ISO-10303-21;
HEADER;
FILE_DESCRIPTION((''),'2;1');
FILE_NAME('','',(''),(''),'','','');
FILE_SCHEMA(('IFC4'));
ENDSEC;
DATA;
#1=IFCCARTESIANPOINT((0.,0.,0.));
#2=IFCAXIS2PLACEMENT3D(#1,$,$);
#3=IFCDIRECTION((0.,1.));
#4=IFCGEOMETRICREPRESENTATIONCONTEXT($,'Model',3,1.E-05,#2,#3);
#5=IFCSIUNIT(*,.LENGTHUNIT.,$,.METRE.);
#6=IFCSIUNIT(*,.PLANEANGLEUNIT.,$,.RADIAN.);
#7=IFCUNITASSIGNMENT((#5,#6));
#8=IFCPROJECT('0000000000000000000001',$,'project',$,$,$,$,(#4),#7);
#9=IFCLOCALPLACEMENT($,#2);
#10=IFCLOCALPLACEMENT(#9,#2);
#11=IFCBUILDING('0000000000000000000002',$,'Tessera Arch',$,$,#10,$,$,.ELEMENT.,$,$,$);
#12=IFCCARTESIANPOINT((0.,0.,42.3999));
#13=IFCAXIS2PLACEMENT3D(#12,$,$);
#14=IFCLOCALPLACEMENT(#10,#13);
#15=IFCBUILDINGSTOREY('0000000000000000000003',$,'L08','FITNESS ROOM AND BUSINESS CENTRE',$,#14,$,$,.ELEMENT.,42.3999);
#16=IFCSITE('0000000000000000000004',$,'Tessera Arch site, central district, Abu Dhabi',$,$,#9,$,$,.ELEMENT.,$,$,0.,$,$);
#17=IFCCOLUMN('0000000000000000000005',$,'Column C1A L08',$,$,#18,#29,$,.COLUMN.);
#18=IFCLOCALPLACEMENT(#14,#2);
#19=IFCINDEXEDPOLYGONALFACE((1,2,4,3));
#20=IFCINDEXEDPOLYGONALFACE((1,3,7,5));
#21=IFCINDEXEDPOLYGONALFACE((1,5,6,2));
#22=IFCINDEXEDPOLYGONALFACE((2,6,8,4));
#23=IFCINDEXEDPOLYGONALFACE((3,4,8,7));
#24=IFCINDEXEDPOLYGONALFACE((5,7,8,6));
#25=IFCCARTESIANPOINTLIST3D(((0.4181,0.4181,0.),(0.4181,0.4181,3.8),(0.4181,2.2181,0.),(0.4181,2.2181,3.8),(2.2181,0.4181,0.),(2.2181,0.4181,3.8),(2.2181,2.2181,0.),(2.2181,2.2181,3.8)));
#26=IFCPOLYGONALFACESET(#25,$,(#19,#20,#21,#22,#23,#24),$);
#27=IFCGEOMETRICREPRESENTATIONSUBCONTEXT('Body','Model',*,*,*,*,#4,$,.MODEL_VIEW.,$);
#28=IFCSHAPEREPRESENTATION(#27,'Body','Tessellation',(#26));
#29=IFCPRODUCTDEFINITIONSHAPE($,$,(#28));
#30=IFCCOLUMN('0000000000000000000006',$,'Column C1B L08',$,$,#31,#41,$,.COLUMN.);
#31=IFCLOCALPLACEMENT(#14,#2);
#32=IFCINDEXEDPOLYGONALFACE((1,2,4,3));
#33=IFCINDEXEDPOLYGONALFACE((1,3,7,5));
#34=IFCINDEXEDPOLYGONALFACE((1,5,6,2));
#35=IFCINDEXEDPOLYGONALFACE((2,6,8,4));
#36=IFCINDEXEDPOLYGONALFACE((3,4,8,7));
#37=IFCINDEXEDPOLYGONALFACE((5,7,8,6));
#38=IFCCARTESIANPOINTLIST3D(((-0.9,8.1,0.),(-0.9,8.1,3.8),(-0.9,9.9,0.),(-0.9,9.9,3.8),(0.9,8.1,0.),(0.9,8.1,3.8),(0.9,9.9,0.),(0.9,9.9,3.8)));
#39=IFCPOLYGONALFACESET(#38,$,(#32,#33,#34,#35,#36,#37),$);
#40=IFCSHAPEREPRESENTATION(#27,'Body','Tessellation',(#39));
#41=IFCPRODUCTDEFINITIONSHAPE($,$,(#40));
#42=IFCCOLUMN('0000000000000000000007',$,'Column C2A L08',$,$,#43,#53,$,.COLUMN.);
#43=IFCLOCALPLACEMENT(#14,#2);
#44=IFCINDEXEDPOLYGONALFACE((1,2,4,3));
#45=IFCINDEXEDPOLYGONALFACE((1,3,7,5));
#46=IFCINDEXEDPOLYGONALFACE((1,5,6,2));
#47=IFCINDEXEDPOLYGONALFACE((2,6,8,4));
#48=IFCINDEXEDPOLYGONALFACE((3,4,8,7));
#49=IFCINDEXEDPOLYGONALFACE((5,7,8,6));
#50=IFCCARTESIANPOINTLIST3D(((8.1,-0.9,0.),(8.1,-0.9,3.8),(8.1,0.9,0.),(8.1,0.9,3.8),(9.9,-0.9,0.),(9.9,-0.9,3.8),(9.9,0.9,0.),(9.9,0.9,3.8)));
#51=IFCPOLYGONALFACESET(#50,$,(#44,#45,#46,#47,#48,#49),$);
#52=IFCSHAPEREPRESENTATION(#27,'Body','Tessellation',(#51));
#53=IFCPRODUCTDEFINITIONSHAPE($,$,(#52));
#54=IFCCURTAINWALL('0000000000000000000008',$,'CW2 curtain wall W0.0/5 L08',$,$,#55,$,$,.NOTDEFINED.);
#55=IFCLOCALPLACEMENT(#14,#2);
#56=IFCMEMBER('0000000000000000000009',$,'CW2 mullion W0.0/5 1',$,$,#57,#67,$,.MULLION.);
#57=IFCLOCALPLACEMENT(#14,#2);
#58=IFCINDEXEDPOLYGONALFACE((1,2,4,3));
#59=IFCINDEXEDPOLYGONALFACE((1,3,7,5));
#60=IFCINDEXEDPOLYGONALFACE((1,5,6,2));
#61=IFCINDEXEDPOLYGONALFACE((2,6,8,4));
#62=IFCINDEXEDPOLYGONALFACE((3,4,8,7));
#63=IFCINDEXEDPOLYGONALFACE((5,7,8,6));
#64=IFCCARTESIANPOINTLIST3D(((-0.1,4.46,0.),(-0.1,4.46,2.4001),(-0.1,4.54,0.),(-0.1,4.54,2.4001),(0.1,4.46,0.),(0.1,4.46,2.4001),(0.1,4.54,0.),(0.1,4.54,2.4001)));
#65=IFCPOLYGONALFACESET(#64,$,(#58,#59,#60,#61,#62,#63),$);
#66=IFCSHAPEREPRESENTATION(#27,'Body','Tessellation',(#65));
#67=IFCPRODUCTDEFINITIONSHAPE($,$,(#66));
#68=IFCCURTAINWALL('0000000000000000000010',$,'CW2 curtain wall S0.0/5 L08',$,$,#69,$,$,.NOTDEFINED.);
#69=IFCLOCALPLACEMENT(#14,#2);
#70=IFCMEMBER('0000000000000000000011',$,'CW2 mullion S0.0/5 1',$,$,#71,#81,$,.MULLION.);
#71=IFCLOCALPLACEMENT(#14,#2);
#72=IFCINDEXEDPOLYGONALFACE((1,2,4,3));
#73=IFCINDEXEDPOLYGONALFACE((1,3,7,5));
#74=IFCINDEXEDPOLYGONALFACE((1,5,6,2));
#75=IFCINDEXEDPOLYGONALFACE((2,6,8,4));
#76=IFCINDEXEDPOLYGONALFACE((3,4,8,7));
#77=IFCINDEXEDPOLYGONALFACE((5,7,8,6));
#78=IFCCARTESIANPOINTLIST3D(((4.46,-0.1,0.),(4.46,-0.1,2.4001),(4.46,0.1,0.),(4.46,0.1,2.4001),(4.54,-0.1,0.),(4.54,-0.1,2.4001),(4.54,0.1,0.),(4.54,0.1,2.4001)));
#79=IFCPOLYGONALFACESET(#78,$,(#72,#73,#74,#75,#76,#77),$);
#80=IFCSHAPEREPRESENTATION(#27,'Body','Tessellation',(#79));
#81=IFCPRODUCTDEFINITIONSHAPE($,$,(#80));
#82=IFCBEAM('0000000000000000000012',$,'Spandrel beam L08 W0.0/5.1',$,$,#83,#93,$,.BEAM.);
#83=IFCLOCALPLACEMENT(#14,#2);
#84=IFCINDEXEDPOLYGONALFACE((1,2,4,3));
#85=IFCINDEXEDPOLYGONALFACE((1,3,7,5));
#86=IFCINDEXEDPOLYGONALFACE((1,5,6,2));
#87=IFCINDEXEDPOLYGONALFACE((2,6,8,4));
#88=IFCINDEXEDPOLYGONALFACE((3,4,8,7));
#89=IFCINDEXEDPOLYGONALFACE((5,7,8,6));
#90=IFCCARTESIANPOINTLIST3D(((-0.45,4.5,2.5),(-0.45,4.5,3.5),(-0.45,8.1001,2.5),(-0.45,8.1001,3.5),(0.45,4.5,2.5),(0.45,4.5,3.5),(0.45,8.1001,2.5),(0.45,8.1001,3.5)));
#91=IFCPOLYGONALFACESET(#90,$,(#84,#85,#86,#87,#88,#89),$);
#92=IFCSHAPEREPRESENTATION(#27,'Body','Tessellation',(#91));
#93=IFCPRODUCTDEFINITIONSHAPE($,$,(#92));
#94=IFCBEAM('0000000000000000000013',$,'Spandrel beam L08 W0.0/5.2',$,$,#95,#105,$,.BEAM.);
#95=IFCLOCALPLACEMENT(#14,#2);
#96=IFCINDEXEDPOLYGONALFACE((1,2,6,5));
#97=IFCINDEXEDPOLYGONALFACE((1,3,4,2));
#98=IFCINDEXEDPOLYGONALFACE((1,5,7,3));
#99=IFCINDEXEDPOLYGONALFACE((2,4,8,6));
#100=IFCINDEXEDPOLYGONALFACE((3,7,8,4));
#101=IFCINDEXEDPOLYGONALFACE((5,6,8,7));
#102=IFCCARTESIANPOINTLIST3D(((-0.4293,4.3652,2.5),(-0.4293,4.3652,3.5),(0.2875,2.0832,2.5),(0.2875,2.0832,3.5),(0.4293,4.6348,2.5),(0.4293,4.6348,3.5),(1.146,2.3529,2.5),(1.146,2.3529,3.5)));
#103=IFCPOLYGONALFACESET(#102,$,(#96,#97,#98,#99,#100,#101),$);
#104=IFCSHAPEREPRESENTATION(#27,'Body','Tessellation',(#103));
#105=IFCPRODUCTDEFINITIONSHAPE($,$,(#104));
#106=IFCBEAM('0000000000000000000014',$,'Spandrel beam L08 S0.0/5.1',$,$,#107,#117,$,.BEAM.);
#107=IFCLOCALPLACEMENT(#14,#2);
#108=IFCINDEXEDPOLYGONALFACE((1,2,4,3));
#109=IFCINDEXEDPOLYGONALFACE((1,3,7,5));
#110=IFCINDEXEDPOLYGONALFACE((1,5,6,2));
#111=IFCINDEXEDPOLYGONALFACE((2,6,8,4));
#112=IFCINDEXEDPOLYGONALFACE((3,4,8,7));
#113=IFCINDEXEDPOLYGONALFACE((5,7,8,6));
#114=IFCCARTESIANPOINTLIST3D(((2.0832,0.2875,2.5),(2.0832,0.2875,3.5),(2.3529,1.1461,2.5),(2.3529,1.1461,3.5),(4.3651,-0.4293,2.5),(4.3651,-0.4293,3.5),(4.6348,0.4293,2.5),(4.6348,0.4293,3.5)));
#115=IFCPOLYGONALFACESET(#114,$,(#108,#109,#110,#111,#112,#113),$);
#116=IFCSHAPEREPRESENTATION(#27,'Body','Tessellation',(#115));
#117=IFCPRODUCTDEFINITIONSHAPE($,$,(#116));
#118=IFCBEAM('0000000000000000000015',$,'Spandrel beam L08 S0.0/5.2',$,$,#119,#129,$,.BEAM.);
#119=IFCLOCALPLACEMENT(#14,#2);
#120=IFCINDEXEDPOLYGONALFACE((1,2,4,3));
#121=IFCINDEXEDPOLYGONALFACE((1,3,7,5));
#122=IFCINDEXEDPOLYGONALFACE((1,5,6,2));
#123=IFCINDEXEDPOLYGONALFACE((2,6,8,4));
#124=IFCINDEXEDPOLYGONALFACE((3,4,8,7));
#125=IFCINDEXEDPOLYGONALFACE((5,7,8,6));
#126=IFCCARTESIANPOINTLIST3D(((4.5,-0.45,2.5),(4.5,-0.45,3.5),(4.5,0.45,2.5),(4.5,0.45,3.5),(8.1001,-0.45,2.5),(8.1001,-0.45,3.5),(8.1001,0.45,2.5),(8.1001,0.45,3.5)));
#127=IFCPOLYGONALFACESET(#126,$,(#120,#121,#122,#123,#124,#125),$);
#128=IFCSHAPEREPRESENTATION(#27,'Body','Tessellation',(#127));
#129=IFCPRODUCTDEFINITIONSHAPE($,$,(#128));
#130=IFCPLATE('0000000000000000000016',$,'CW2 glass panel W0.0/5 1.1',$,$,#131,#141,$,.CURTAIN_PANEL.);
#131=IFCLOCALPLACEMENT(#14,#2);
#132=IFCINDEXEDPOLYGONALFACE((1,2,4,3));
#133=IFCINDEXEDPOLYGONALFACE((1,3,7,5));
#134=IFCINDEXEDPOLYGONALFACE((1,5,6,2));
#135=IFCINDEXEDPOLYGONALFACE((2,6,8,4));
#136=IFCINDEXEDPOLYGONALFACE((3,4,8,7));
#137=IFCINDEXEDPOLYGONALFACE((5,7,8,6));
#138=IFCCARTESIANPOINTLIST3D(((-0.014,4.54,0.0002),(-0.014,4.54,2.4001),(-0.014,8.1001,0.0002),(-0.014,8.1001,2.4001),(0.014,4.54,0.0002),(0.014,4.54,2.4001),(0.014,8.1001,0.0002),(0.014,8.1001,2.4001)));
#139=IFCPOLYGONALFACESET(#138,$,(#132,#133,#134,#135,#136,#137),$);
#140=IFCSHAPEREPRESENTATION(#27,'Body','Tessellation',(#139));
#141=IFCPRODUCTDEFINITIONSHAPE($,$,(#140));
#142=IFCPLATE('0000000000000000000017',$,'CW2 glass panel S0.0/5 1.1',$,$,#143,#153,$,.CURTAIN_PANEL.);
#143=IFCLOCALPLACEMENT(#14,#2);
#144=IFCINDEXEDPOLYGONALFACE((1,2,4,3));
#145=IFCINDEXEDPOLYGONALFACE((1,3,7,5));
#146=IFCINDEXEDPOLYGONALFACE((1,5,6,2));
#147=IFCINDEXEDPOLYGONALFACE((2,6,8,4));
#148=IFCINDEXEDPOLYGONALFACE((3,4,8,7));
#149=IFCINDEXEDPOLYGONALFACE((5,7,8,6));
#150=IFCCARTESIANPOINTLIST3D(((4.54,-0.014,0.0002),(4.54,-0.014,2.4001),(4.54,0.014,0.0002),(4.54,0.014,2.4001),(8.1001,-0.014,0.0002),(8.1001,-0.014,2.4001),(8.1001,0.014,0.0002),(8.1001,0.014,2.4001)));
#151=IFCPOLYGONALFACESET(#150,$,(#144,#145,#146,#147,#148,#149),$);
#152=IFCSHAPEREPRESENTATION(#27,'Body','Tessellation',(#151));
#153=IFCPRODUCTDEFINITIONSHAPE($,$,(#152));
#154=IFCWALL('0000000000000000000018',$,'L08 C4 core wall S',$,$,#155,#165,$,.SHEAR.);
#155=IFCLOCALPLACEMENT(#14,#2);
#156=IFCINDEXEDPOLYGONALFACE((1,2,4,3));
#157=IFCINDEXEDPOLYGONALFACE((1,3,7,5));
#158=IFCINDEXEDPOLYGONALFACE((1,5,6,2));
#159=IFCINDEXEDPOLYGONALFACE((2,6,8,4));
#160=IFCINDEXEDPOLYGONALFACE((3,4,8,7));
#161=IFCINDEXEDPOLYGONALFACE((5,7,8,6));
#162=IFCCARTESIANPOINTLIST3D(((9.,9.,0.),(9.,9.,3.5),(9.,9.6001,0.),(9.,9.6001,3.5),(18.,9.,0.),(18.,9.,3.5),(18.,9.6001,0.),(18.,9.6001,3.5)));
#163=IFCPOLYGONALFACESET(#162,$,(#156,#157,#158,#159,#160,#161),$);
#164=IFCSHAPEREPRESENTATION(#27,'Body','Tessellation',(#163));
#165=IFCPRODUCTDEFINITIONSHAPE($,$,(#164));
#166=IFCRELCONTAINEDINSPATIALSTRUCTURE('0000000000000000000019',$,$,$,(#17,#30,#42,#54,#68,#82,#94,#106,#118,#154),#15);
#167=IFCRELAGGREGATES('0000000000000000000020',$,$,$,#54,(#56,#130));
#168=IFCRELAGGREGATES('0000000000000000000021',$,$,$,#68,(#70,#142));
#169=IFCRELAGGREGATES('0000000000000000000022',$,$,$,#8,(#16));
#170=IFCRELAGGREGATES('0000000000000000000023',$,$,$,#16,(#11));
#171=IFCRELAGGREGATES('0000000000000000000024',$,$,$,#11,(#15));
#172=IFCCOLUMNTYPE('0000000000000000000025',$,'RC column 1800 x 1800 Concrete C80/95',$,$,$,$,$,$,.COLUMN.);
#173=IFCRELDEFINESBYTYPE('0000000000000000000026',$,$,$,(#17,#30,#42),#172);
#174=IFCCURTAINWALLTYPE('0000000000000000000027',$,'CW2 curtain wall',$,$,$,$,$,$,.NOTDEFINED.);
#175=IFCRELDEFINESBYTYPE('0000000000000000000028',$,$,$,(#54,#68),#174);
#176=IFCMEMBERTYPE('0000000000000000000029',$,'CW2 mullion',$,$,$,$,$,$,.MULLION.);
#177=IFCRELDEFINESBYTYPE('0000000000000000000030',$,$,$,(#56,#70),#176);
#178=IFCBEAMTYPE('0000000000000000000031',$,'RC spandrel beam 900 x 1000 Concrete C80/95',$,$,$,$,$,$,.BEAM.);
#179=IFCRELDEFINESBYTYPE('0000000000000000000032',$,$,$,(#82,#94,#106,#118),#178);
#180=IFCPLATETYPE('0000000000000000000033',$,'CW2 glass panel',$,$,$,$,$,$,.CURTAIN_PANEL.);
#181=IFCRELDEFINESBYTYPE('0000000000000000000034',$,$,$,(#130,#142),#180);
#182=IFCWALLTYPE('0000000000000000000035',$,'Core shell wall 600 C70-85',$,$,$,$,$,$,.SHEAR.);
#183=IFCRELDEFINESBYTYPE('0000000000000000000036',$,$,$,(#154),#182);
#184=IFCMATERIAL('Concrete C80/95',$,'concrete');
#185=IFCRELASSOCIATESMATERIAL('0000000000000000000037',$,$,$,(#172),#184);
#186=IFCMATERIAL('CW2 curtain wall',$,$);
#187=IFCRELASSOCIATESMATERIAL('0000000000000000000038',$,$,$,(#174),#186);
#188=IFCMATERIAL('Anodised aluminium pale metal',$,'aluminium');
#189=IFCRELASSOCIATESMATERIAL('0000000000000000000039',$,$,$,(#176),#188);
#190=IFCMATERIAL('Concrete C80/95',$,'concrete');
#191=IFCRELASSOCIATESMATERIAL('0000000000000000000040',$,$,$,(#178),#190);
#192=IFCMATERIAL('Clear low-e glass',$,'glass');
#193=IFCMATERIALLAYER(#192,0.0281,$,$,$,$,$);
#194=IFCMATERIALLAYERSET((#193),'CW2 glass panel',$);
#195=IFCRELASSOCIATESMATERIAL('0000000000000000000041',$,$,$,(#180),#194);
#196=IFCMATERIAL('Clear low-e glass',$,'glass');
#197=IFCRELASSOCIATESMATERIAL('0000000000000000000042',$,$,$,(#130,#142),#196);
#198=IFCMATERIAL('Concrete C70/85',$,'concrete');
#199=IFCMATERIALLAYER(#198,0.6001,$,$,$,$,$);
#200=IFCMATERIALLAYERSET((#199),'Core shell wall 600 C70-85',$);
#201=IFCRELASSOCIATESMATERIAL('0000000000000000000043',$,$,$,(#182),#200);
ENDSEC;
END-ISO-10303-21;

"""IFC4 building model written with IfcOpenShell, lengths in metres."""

from ifc_helpers import new_model, si_unit, direction, frame, frame_2d, origin, origin_2d, place, context, subcontext, project, spatial, rectangle, extrude, material, layer, layer_set, material_profile, profile_set, type_object, element, aggregate, save


model = new_model("IFC4")

# Units and contexts
model_context = context("Model", 3, precision=1e-05, world=origin(), true_north=direction((0.0, 1.0)))
body_context = subcontext(model_context, "Body", "Model", "MODEL_VIEW")
ifc_project = project(units=[si_unit("LENGTHUNIT", "METRE"), si_unit("PLANEANGLEUNIT", "RADIAN")], contexts=[model_context])

# Site, building, storey
site_placement = place(None, origin())
site = spatial("IfcSite", under=ifc_project, at=site_placement, Name="Tessera Arch site, central district, Abu Dhabi", CompositionType="ELEMENT", RefElevation=0.0)
building_placement = place(site_placement, origin())
building = spatial("IfcBuilding", under=site, at=building_placement, Name="Tessera Arch", CompositionType="ELEMENT")
storey_placement = place(building_placement, frame((0.0, 0.0, 42.3999)))
storey = spatial("IfcBuildingStorey", under=building, at=storey_placement, Name="L08", Description="FITNESS ROOM AND BUSINESS CENTRE", CompositionType="ELEMENT", Elevation=42.3999)

# Columns
ifc_material_1 = material(Name="Concrete C80/95", Category="concrete")
ifc_material_profile_1 = material_profile(ifc_material_1, rectangle(XDim=1.8, YDim=1.8, at=origin_2d()), Name="RC column 1800 x 1800 Concrete C80/95")
ifc_profile_set_1 = profile_set([ifc_material_profile_1], Name="Concrete C80/95")
column_type = type_object("IfcColumnType", Name="RC column 1800 x 1800 Concrete C80/95", PredefinedType="COLUMN", material=ifc_profile_set_1)
for number, where, z_axis, x_axis, name in (
    (1, (1.3181, 1.3181, 0.0), (0.0, 0.0, 1.0), (1.0, 0.0, 0.0), "Column C1A L08"),
    (2, (0.0, 9.0, 0.0), (0.0, 0.0, 1.0), (1.0, 0.0, 0.0), "Column C1B L08"),
    (3, (9.0, 0.0, 0.0), (0.0, 0.0, 1.0), (1.0, 0.0, 0.0), "Column C2A L08"),
):
    element("IfcColumn", number, at=place(storey_placement, frame(where, z_axis=z_axis, x_axis=x_axis)), inside=storey, type_object=column_type, Name=name, PredefinedType="COLUMN", context=body_context, shape_type="SweptSolid", body=[
        extrude(rectangle(XDim=1.8, YDim=1.8, at=origin_2d()), origin(), (0.0, 0.0, 1.0), 3.8),
    ])

# Curtain walls, members
ifc_material_2 = material(Name="CW2 curtain wall")
curtain_wall_type = type_object("IfcCurtainWallType", Name="CW2 curtain wall", PredefinedType="NOTDEFINED", material=ifc_material_2)
curtain_wall_1_placement = place(storey_placement, origin())
curtain_wall_1 = element("IfcCurtainWall", 4, at=curtain_wall_1_placement, inside=storey, type_object=curtain_wall_type, Name="CW2 curtain wall W0.0/5 L08", PredefinedType="NOTDEFINED")
ifc_material_3 = material(Name="Anodised aluminium pale metal", Category="aluminium")
ifc_material_profile_2 = material_profile(ifc_material_3, rectangle(XDim=0.2, YDim=0.0801, at=origin_2d()), Name="AL 80x200")
ifc_profile_set_2 = profile_set([ifc_material_profile_2], Name="Anodised aluminium pale metal")
member_type = type_object("IfcMemberType", Name="CW2 mullion", PredefinedType="MULLION", material=ifc_profile_set_2)
member_1_placement = place(storey_placement, frame((0.0, 4.5, 0.0), z_axis=(0.0, 0.0, 1.0), x_axis=(1.0, 0.0, 0.0)))
member_1 = element("IfcMember", 5, at=member_1_placement, type_object=member_type, Name="CW2 mullion W0.0/5 1", PredefinedType="MULLION", context=body_context, shape_type="SweptSolid", body=[
    extrude(rectangle(XDim=0.2, YDim=0.0801, at=origin_2d()), origin(), (0.0, 0.0, 1.0), 2.4001),
])
curtain_wall_2_placement = place(storey_placement, origin())
curtain_wall_2 = element("IfcCurtainWall", 6, at=curtain_wall_2_placement, inside=storey, type_object=curtain_wall_type, Name="CW2 curtain wall S0.0/5 L08", PredefinedType="NOTDEFINED")
member_2_placement = place(storey_placement, frame((4.5, 0.0, 0.0), z_axis=(0.0, 0.0, 1.0), x_axis=(0.0, 1.0, 0.0)))
member_2 = element("IfcMember", 7, at=member_2_placement, type_object=member_type, Name="CW2 mullion S0.0/5 1", PredefinedType="MULLION", context=body_context, shape_type="SweptSolid", body=[
    extrude(rectangle(XDim=0.2, YDim=0.0801, at=origin_2d()), origin(), (0.0, 0.0, 1.0), 2.4001),
])

# Beams
ifc_material_4 = material(Name="Concrete C80/95", Category="concrete")
ifc_material_profile_3 = material_profile(ifc_material_4, rectangle(XDim=0.8999, YDim=1.0, at=origin_2d()), Name="RC spandrel beam 900 x 1000 Concrete C80/95")
ifc_profile_set_3 = profile_set([ifc_material_profile_3], Name="Concrete C80/95")
beam_type = type_object("IfcBeamType", Name="RC spandrel beam 900 x 1000 Concrete C80/95", PredefinedType="BEAM", material=ifc_profile_set_3)
beam_1_placement = place(storey_placement, frame((0.0, 8.1001, 3.0), z_axis=(0.0, -1.0, 0.0), x_axis=(1.0, 0.0, 0.0)))
element("IfcBeam", 8, at=beam_1_placement, inside=storey, type_object=beam_type, Name="Spandrel beam L08 W0.0/5.1", PredefinedType="BEAM", context=body_context, shape_type="SweptSolid", body=[
    extrude(rectangle(XDim=0.8999, YDim=1.0, at=origin_2d()), origin(), (0.0, 0.0, 1.0), 3.6001),
])
for number, where, z_axis, x_axis, name in (
    (9, (0.0, 4.5, 3.0), (0.299675, -0.954041, 0.0), (0.954041, 0.299675, 0.0), "Spandrel beam L08 W0.0/5.2"),
    (10, (2.218, 0.7168, 3.0), (0.954041, -0.299675, 0.0), (0.299675, 0.954041, 0.0), "Spandrel beam L08 S0.0/5.1"),
):
    element("IfcBeam", number, at=place(storey_placement, frame(where, z_axis=z_axis, x_axis=x_axis)), inside=storey, type_object=beam_type, Name=name, PredefinedType="BEAM", context=body_context, shape_type="SweptSolid", body=[
        extrude(rectangle(XDim=0.8999, YDim=1.0, at=origin_2d()), origin(), (0.0, 0.0, 1.0), 2.3918),
    ])
beam_2_placement = place(storey_placement, frame((4.5, 0.0, 3.0), z_axis=(1.0, 0.0, 0.0), x_axis=(0.0, 1.0, 0.0)))
element("IfcBeam", 11, at=beam_2_placement, inside=storey, type_object=beam_type, Name="Spandrel beam L08 S0.0/5.2", PredefinedType="BEAM", context=body_context, shape_type="SweptSolid", body=[
    extrude(rectangle(XDim=0.8999, YDim=1.0, at=origin_2d()), origin(), (0.0, 0.0, 1.0), 3.6001),
])

# Plates
ifc_material_5 = material(Name="Clear low-e glass", Category="glass")
ifc_material_6 = material(Name="Clear low-e glass", Category="glass")
ifc_layer_1 = layer(ifc_material_6, 0.0281)
ifc_layer_set_1 = layer_set([ifc_layer_1], Name="CW2 glass panel")
plate_type = type_object("IfcPlateType", Name="CW2 glass panel", PredefinedType="CURTAIN_PANEL", material=ifc_layer_set_1)
plate_1_placement = place(storey_placement, frame((0.0, 6.3201, 0.0002), z_axis=(0.0, 0.0, 1.0), x_axis=(0.0, -1.0, 0.0)))
plate_1 = element("IfcPlate", 12, at=plate_1_placement, type_object=plate_type, material=ifc_material_5, Name="CW2 glass panel W0.0/5 1.1", PredefinedType="CURTAIN_PANEL", context=body_context, shape_type="SweptSolid", body=[
    extrude(rectangle(XDim=3.5601, YDim=0.0281, at=origin_2d()), origin(), (0.0, 0.0, 1.0), 2.3999),
])
aggregate(curtain_wall_1, [member_1, plate_1])
plate_2_placement = place(storey_placement, frame((6.3201, 0.0, 0.0002), z_axis=(0.0, 0.0, 1.0), x_axis=(1.0, 0.0, 0.0)))
plate_2 = element("IfcPlate", 13, at=plate_2_placement, type_object=plate_type, material=ifc_material_5, Name="CW2 glass panel S0.0/5 1.1", PredefinedType="CURTAIN_PANEL", context=body_context, shape_type="SweptSolid", body=[
    extrude(rectangle(XDim=3.5601, YDim=0.0281, at=origin_2d()), origin(), (0.0, 0.0, 1.0), 2.3999),
])
aggregate(curtain_wall_2, [member_2, plate_2])

# Wall
ifc_material_7 = material(Name="Concrete C70/85", Category="concrete")
ifc_layer_2 = layer(ifc_material_7, 0.6001)
ifc_layer_set_2 = layer_set([ifc_layer_2], Name="Core shell wall 600 C70-85")
wall_type_1 = type_object("IfcWallType", Name="Core shell wall 600 C70-85", PredefinedType="SHEAR", material=ifc_layer_set_2)
wall_1_placement = place(storey_placement, frame((9.0, 9.3, 0.0), z_axis=(0.0, 0.0, 1.0), x_axis=(1.0, 0.0, 0.0)))
element("IfcWall", 14, at=wall_1_placement, inside=storey, type_object=wall_type_1, Name="L08 C4 core wall S", PredefinedType="SHEAR", context=body_context, shape_type="SweptSolid", body=[
    extrude(rectangle(XDim=9.0, YDim=0.6001, at=frame_2d((4.5, 0.0))), origin(), (0.0, 0.0, 1.0), 3.5),
])

save(model, "model.ifc")
